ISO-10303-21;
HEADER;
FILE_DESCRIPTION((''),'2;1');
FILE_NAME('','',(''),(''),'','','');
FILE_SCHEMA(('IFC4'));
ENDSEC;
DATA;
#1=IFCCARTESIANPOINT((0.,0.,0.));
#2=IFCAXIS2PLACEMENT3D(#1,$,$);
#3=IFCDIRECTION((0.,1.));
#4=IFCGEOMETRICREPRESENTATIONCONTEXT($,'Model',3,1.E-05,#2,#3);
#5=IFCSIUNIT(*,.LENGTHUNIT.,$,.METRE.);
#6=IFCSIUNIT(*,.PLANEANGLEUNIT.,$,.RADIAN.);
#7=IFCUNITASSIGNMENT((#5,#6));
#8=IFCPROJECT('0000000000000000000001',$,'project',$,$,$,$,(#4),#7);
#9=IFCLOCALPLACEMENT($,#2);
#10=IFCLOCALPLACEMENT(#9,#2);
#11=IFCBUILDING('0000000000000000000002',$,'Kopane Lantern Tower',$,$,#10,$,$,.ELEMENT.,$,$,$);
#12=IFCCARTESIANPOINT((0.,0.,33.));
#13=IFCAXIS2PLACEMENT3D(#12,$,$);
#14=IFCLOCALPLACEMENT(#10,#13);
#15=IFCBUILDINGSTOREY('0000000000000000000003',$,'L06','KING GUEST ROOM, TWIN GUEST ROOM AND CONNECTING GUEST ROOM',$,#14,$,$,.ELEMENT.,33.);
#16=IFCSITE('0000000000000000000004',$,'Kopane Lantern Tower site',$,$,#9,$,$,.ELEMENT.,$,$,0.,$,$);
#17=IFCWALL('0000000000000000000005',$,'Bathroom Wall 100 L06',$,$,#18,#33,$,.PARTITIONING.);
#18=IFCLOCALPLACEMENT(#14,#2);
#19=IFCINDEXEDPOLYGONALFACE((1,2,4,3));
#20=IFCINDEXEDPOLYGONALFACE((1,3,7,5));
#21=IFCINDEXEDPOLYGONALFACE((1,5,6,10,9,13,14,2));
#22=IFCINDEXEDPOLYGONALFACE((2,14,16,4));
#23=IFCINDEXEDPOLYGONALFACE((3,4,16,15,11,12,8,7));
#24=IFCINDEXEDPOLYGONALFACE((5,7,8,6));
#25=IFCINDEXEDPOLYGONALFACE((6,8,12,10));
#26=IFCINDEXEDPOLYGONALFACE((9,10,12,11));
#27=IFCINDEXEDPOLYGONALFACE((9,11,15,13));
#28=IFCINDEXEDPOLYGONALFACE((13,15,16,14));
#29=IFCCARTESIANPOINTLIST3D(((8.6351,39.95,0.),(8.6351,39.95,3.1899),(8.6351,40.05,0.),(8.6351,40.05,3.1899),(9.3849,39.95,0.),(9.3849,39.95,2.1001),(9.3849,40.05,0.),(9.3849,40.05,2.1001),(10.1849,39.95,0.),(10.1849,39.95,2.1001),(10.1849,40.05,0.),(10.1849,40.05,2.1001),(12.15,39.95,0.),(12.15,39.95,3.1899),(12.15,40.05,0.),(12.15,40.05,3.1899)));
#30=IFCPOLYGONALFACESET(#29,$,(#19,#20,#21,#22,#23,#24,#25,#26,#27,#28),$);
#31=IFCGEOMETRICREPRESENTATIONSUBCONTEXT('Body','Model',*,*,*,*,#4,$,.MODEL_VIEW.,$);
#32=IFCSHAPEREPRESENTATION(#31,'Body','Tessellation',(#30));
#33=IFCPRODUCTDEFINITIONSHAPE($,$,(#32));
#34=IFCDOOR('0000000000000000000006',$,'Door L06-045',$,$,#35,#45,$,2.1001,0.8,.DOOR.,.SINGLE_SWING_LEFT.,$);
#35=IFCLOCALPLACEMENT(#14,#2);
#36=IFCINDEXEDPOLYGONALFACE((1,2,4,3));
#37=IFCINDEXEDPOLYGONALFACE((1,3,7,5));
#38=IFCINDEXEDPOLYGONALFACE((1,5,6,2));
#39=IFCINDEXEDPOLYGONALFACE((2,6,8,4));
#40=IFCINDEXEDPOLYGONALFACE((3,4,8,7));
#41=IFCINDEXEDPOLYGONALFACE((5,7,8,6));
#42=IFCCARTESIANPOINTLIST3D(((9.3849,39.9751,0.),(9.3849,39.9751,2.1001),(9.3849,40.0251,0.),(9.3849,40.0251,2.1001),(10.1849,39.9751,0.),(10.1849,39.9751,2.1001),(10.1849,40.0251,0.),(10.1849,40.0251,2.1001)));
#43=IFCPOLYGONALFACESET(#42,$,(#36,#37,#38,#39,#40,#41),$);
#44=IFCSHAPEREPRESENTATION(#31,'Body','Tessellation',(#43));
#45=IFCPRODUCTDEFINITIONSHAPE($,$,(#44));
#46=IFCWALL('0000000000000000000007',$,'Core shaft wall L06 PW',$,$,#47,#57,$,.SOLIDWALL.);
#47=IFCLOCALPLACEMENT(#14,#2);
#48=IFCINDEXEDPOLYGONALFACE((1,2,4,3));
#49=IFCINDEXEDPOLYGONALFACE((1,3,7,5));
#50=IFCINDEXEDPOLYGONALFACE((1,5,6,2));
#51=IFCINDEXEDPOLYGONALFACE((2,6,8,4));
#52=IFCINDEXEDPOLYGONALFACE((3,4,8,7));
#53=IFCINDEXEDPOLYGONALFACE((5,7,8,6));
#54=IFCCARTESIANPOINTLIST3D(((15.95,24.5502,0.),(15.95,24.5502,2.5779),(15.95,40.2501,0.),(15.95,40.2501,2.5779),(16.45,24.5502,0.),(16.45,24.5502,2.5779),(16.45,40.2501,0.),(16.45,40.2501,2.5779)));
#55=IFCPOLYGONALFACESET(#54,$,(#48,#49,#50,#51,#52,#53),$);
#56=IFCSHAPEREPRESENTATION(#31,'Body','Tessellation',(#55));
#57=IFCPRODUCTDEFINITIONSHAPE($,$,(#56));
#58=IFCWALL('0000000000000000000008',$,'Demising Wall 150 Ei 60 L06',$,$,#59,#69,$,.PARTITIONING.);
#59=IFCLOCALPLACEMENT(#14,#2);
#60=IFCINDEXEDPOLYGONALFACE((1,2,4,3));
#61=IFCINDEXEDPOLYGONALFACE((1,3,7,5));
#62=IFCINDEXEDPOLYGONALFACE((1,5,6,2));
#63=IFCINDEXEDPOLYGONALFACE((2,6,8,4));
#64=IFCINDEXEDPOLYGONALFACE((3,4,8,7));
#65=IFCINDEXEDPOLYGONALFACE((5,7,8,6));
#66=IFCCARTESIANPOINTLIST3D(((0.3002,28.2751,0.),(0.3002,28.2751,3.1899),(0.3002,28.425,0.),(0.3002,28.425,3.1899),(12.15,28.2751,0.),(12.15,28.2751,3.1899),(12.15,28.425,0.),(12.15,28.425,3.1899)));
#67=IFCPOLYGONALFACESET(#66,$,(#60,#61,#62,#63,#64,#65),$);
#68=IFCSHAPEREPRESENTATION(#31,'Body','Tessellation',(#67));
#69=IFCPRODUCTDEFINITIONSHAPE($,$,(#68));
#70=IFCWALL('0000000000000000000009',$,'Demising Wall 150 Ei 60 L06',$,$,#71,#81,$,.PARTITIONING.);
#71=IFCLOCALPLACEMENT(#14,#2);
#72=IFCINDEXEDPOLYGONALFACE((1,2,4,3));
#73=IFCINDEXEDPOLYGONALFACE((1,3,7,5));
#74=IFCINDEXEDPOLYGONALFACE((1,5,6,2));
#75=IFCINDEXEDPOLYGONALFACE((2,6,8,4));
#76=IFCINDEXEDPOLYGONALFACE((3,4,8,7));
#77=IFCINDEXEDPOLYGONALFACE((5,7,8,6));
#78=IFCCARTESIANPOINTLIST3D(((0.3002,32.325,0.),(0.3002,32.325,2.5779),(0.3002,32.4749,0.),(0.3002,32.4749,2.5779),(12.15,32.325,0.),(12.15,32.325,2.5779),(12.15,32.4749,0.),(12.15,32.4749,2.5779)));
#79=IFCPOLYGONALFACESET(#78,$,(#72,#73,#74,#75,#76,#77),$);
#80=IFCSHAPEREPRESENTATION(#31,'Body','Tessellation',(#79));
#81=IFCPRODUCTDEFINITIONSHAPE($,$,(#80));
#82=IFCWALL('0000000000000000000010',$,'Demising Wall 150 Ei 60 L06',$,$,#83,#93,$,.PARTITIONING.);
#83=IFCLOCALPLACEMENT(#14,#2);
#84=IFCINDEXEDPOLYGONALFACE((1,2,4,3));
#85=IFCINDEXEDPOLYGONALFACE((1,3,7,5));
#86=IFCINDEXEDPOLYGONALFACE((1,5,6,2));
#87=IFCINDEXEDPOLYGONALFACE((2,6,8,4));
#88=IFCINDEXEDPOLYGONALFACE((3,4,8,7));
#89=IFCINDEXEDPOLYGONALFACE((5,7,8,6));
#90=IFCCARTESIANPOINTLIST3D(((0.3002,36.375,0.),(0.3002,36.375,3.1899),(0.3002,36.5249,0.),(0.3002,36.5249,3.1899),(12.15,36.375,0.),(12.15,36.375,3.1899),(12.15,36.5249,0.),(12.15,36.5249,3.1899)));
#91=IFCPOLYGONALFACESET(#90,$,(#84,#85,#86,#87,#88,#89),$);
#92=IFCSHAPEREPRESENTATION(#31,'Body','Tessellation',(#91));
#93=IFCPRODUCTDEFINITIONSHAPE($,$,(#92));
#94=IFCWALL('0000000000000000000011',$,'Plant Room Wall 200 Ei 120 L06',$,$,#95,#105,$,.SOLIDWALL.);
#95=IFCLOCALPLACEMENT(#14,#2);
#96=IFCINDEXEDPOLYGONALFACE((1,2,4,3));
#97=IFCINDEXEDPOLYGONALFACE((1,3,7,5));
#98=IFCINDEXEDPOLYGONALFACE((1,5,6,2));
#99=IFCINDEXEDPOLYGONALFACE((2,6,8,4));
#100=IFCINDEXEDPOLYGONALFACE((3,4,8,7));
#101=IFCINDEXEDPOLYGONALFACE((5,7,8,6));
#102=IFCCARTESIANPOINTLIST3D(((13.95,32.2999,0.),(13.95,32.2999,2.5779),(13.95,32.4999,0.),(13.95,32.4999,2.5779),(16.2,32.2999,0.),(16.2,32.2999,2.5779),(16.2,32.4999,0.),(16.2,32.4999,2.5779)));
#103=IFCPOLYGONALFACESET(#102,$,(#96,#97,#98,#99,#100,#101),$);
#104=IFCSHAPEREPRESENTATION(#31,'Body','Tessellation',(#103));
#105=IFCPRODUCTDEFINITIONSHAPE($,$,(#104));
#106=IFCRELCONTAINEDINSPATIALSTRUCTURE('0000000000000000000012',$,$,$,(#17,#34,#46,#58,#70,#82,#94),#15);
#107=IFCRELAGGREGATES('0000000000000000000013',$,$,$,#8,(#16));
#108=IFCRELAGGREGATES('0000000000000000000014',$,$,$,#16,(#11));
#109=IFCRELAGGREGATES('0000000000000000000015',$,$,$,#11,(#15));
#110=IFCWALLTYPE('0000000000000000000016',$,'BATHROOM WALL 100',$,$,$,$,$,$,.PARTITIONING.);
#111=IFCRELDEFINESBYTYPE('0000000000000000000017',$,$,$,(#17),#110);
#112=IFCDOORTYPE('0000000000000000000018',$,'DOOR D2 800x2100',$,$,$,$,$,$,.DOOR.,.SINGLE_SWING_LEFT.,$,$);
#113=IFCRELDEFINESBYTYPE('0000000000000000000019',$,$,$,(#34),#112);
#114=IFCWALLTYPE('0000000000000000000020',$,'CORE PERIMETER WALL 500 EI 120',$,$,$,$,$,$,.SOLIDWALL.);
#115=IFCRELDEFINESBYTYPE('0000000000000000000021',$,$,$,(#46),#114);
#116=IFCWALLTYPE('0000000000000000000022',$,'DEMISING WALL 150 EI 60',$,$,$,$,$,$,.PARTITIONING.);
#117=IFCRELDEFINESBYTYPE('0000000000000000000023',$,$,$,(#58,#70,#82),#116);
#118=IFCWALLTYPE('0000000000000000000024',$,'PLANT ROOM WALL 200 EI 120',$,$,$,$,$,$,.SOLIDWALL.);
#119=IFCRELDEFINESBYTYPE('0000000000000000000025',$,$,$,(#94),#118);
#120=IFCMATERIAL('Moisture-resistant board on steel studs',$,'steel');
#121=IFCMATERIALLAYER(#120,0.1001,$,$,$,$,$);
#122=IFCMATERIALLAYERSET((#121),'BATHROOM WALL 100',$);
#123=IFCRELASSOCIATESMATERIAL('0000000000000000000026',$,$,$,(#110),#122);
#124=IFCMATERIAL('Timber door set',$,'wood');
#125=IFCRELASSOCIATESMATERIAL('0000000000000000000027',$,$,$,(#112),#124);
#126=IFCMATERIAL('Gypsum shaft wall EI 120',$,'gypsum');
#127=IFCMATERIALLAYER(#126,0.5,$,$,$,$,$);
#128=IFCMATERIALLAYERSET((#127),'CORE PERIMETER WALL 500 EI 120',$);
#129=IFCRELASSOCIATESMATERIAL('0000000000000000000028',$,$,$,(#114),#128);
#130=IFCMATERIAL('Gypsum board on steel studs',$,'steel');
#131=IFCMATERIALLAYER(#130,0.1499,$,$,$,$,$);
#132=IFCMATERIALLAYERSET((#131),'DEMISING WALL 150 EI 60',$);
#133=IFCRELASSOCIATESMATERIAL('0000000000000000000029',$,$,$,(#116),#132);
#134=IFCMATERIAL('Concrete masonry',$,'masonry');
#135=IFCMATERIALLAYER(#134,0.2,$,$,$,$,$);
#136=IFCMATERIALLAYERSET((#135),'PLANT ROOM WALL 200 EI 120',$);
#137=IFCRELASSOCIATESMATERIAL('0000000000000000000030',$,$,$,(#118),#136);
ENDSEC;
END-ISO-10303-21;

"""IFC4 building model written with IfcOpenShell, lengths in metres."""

from ifc_helpers import new_model, si_unit, direction, frame, frame_2d, origin, place, context, subcontext, project, spatial, rectangle, extrude, material, layer, layer_set, type_object, element, fill, save


model = new_model("IFC4")

# Units and contexts
model_context = context("Model", 3, precision=1e-05, world=origin(), true_north=direction((0.0, 1.0)))
body_context = subcontext(model_context, "Body", "Model", "MODEL_VIEW")
ifc_project = project(units=[si_unit("LENGTHUNIT", "METRE"), si_unit("PLANEANGLEUNIT", "RADIAN")], contexts=[model_context])

# Site, building, storey
site_placement = place(None, origin())
site = spatial("IfcSite", under=ifc_project, at=site_placement, Name="Kopane Lantern Tower site", CompositionType="ELEMENT", RefElevation=0.0)
building_placement = place(site_placement, origin())
building = spatial("IfcBuilding", under=site, at=building_placement, Name="Kopane Lantern Tower", CompositionType="ELEMENT")
storey_placement = place(building_placement, frame((0.0, 0.0, 33.0)))
storey = spatial("IfcBuildingStorey", under=building, at=storey_placement, Name="L06", Description="KING GUEST ROOM, TWIN GUEST ROOM AND CONNECTING GUEST ROOM", CompositionType="ELEMENT", Elevation=33.0)

# Wall, opening, door
ifc_material_1 = material(Name="Moisture-resistant board on steel studs", Category="steel")
ifc_layer_1 = layer(ifc_material_1, 0.1001)
ifc_layer_set_1 = layer_set([ifc_layer_1], Name="BATHROOM WALL 100")
wall_type_1 = type_object("IfcWallType", Name="BATHROOM WALL 100", PredefinedType="PARTITIONING", material=ifc_layer_set_1)
ifc_material_2 = material(Name="Timber door set", Category="wood")
door_type = type_object("IfcDoorType", Name="DOOR D2 800x2100", OperationType="SINGLE_SWING_LEFT", PredefinedType="DOOR", material=ifc_material_2)
wall_1_placement = place(storey_placement, frame((12.1499, 40.0, 0.0), z_axis=(0.0, 0.0, 1.0), x_axis=(-1.0, 0.0, 0.0)))
wall_1 = element("IfcWall", 1, at=wall_1_placement, inside=storey, type_object=wall_type_1, Name="Bathroom Wall 100 L06", PredefinedType="PARTITIONING", context=body_context, shape_type="SweptSolid", body=[
    extrude(rectangle(XDim=3.5149, YDim=0.1001, at=frame_2d((1.7573, 0.0))), origin(), (0.0, 0.0, 1.0), 3.1899),
])
opening_1_placement = place(wall_1_placement, frame((1.9651, 0.0, 0.0)))
opening_1 = element("IfcOpeningElement", 2, at=opening_1_placement, cuts=wall_1, PredefinedType="OPENING", context=body_context, shape_type="SweptSolid", body=[
    extrude(rectangle(XDim=0.8, YDim=2.1001, at=frame_2d((0.3999, 1.05))), frame((0.0, 0.0601, 0.0), z_axis=(0.0, -1.0, 0.0), x_axis=(1.0, 0.0, 0.0)), (0.0, 0.0, 1.0), 0.1201),
])
door_1_placement = place(opening_1_placement, origin())
door_1 = element("IfcDoor", 3, at=door_1_placement, inside=storey, type_object=door_type, Name="Door L06-045", OperationType="SINGLE_SWING_LEFT", OverallHeight=2.1001, OverallWidth=0.8, PredefinedType="DOOR", context=body_context, shape_type="SweptSolid", body=[
    extrude(rectangle(XDim=0.8, YDim=2.1001, at=frame_2d((0.3999, 1.05))), frame((0.0, 0.0249, 0.0), z_axis=(0.0, -1.0, 0.0), x_axis=(1.0, 0.0, 0.0)), (0.0, 0.0, 1.0), 0.05),
])
fill(opening_1, door_1)

# Walls
ifc_material_3 = material(Name="Gypsum shaft wall EI 120", Category="gypsum")
ifc_layer_2 = layer(ifc_material_3, 0.5)
ifc_layer_set_2 = layer_set([ifc_layer_2], Name="CORE PERIMETER WALL 500 EI 120")
wall_type_2 = type_object("IfcWallType", Name="CORE PERIMETER WALL 500 EI 120", PredefinedType="SOLIDWALL", material=ifc_layer_set_2)
wall_2_placement = place(storey_placement, frame((16.2, 24.55, 0.0), z_axis=(0.0, 0.0, 1.0), x_axis=(0.0, 1.0, 0.0)))
element("IfcWall", 4, at=wall_2_placement, inside=storey, type_object=wall_type_2, Name="Core shaft wall L06 PW", PredefinedType="SOLIDWALL", context=body_context, shape_type="SweptSolid", body=[
    extrude(rectangle(XDim=15.7, YDim=0.5, at=frame_2d((7.8501, 0.0))), origin(), (0.0, 0.0, 1.0), 2.5779),
])
ifc_material_4 = material(Name="Gypsum board on steel studs", Category="steel")
ifc_layer_3 = layer(ifc_material_4, 0.1499)
ifc_layer_set_3 = layer_set([ifc_layer_3], Name="DEMISING WALL 150 EI 60")
wall_type_3 = type_object("IfcWallType", Name="DEMISING WALL 150 EI 60", PredefinedType="PARTITIONING", material=ifc_layer_set_3)
wall_3_placement = place(storey_placement, frame((12.1499, 28.3501, 0.0), z_axis=(0.0, 0.0, 1.0), x_axis=(-1.0, 0.0, 0.0)))
element("IfcWall", 5, at=wall_3_placement, inside=storey, type_object=wall_type_3, Name="Demising Wall 150 Ei 60 L06", PredefinedType="PARTITIONING", context=body_context, shape_type="SweptSolid", body=[
    extrude(rectangle(XDim=11.8499, YDim=0.1499, at=frame_2d((5.9248, 0.0))), origin(), (0.0, 0.0, 1.0), 3.1899),
])
wall_4_placement = place(storey_placement, frame((12.1499, 32.3999, 0.0), z_axis=(0.0, 0.0, 1.0), x_axis=(-1.0, 0.0, 0.0)))
element("IfcWall", 6, at=wall_4_placement, inside=storey, type_object=wall_type_3, Name="Demising Wall 150 Ei 60 L06", PredefinedType="PARTITIONING", context=body_context, shape_type="SweptSolid", body=[
    extrude(rectangle(XDim=11.8499, YDim=0.1499, at=frame_2d((5.9248, 0.0))), origin(), (0.0, 0.0, 1.0), 2.5779),
])
wall_5_placement = place(storey_placement, frame((12.1499, 36.45, 0.0), z_axis=(0.0, 0.0, 1.0), x_axis=(-1.0, 0.0, 0.0)))
element("IfcWall", 7, at=wall_5_placement, inside=storey, type_object=wall_type_3, Name="Demising Wall 150 Ei 60 L06", PredefinedType="PARTITIONING", context=body_context, shape_type="SweptSolid", body=[
    extrude(rectangle(XDim=11.8499, YDim=0.1499, at=frame_2d((5.9248, 0.0))), origin(), (0.0, 0.0, 1.0), 3.1899),
])
ifc_material_5 = material(Name="Concrete masonry", Category="masonry")
ifc_layer_4 = layer(ifc_material_5, 0.2)
ifc_layer_set_4 = layer_set([ifc_layer_4], Name="PLANT ROOM WALL 200 EI 120")
wall_type_4 = type_object("IfcWallType", Name="PLANT ROOM WALL 200 EI 120", PredefinedType="SOLIDWALL", material=ifc_layer_set_4)
wall_6_placement = place(storey_placement, frame((13.95, 32.3999, 0.0), z_axis=(0.0, 0.0, 1.0), x_axis=(1.0, 0.0, 0.0)))
element("IfcWall", 8, at=wall_6_placement, inside=storey, type_object=wall_type_4, Name="Plant Room Wall 200 Ei 120 L06", PredefinedType="SOLIDWALL", context=body_context, shape_type="SweptSolid", body=[
    extrude(rectangle(XDim=2.25, YDim=0.2, at=frame_2d((1.125, 0.0))), origin(), (0.0, 0.0, 1.0), 2.5779),
])

save(model, "model.ifc")
